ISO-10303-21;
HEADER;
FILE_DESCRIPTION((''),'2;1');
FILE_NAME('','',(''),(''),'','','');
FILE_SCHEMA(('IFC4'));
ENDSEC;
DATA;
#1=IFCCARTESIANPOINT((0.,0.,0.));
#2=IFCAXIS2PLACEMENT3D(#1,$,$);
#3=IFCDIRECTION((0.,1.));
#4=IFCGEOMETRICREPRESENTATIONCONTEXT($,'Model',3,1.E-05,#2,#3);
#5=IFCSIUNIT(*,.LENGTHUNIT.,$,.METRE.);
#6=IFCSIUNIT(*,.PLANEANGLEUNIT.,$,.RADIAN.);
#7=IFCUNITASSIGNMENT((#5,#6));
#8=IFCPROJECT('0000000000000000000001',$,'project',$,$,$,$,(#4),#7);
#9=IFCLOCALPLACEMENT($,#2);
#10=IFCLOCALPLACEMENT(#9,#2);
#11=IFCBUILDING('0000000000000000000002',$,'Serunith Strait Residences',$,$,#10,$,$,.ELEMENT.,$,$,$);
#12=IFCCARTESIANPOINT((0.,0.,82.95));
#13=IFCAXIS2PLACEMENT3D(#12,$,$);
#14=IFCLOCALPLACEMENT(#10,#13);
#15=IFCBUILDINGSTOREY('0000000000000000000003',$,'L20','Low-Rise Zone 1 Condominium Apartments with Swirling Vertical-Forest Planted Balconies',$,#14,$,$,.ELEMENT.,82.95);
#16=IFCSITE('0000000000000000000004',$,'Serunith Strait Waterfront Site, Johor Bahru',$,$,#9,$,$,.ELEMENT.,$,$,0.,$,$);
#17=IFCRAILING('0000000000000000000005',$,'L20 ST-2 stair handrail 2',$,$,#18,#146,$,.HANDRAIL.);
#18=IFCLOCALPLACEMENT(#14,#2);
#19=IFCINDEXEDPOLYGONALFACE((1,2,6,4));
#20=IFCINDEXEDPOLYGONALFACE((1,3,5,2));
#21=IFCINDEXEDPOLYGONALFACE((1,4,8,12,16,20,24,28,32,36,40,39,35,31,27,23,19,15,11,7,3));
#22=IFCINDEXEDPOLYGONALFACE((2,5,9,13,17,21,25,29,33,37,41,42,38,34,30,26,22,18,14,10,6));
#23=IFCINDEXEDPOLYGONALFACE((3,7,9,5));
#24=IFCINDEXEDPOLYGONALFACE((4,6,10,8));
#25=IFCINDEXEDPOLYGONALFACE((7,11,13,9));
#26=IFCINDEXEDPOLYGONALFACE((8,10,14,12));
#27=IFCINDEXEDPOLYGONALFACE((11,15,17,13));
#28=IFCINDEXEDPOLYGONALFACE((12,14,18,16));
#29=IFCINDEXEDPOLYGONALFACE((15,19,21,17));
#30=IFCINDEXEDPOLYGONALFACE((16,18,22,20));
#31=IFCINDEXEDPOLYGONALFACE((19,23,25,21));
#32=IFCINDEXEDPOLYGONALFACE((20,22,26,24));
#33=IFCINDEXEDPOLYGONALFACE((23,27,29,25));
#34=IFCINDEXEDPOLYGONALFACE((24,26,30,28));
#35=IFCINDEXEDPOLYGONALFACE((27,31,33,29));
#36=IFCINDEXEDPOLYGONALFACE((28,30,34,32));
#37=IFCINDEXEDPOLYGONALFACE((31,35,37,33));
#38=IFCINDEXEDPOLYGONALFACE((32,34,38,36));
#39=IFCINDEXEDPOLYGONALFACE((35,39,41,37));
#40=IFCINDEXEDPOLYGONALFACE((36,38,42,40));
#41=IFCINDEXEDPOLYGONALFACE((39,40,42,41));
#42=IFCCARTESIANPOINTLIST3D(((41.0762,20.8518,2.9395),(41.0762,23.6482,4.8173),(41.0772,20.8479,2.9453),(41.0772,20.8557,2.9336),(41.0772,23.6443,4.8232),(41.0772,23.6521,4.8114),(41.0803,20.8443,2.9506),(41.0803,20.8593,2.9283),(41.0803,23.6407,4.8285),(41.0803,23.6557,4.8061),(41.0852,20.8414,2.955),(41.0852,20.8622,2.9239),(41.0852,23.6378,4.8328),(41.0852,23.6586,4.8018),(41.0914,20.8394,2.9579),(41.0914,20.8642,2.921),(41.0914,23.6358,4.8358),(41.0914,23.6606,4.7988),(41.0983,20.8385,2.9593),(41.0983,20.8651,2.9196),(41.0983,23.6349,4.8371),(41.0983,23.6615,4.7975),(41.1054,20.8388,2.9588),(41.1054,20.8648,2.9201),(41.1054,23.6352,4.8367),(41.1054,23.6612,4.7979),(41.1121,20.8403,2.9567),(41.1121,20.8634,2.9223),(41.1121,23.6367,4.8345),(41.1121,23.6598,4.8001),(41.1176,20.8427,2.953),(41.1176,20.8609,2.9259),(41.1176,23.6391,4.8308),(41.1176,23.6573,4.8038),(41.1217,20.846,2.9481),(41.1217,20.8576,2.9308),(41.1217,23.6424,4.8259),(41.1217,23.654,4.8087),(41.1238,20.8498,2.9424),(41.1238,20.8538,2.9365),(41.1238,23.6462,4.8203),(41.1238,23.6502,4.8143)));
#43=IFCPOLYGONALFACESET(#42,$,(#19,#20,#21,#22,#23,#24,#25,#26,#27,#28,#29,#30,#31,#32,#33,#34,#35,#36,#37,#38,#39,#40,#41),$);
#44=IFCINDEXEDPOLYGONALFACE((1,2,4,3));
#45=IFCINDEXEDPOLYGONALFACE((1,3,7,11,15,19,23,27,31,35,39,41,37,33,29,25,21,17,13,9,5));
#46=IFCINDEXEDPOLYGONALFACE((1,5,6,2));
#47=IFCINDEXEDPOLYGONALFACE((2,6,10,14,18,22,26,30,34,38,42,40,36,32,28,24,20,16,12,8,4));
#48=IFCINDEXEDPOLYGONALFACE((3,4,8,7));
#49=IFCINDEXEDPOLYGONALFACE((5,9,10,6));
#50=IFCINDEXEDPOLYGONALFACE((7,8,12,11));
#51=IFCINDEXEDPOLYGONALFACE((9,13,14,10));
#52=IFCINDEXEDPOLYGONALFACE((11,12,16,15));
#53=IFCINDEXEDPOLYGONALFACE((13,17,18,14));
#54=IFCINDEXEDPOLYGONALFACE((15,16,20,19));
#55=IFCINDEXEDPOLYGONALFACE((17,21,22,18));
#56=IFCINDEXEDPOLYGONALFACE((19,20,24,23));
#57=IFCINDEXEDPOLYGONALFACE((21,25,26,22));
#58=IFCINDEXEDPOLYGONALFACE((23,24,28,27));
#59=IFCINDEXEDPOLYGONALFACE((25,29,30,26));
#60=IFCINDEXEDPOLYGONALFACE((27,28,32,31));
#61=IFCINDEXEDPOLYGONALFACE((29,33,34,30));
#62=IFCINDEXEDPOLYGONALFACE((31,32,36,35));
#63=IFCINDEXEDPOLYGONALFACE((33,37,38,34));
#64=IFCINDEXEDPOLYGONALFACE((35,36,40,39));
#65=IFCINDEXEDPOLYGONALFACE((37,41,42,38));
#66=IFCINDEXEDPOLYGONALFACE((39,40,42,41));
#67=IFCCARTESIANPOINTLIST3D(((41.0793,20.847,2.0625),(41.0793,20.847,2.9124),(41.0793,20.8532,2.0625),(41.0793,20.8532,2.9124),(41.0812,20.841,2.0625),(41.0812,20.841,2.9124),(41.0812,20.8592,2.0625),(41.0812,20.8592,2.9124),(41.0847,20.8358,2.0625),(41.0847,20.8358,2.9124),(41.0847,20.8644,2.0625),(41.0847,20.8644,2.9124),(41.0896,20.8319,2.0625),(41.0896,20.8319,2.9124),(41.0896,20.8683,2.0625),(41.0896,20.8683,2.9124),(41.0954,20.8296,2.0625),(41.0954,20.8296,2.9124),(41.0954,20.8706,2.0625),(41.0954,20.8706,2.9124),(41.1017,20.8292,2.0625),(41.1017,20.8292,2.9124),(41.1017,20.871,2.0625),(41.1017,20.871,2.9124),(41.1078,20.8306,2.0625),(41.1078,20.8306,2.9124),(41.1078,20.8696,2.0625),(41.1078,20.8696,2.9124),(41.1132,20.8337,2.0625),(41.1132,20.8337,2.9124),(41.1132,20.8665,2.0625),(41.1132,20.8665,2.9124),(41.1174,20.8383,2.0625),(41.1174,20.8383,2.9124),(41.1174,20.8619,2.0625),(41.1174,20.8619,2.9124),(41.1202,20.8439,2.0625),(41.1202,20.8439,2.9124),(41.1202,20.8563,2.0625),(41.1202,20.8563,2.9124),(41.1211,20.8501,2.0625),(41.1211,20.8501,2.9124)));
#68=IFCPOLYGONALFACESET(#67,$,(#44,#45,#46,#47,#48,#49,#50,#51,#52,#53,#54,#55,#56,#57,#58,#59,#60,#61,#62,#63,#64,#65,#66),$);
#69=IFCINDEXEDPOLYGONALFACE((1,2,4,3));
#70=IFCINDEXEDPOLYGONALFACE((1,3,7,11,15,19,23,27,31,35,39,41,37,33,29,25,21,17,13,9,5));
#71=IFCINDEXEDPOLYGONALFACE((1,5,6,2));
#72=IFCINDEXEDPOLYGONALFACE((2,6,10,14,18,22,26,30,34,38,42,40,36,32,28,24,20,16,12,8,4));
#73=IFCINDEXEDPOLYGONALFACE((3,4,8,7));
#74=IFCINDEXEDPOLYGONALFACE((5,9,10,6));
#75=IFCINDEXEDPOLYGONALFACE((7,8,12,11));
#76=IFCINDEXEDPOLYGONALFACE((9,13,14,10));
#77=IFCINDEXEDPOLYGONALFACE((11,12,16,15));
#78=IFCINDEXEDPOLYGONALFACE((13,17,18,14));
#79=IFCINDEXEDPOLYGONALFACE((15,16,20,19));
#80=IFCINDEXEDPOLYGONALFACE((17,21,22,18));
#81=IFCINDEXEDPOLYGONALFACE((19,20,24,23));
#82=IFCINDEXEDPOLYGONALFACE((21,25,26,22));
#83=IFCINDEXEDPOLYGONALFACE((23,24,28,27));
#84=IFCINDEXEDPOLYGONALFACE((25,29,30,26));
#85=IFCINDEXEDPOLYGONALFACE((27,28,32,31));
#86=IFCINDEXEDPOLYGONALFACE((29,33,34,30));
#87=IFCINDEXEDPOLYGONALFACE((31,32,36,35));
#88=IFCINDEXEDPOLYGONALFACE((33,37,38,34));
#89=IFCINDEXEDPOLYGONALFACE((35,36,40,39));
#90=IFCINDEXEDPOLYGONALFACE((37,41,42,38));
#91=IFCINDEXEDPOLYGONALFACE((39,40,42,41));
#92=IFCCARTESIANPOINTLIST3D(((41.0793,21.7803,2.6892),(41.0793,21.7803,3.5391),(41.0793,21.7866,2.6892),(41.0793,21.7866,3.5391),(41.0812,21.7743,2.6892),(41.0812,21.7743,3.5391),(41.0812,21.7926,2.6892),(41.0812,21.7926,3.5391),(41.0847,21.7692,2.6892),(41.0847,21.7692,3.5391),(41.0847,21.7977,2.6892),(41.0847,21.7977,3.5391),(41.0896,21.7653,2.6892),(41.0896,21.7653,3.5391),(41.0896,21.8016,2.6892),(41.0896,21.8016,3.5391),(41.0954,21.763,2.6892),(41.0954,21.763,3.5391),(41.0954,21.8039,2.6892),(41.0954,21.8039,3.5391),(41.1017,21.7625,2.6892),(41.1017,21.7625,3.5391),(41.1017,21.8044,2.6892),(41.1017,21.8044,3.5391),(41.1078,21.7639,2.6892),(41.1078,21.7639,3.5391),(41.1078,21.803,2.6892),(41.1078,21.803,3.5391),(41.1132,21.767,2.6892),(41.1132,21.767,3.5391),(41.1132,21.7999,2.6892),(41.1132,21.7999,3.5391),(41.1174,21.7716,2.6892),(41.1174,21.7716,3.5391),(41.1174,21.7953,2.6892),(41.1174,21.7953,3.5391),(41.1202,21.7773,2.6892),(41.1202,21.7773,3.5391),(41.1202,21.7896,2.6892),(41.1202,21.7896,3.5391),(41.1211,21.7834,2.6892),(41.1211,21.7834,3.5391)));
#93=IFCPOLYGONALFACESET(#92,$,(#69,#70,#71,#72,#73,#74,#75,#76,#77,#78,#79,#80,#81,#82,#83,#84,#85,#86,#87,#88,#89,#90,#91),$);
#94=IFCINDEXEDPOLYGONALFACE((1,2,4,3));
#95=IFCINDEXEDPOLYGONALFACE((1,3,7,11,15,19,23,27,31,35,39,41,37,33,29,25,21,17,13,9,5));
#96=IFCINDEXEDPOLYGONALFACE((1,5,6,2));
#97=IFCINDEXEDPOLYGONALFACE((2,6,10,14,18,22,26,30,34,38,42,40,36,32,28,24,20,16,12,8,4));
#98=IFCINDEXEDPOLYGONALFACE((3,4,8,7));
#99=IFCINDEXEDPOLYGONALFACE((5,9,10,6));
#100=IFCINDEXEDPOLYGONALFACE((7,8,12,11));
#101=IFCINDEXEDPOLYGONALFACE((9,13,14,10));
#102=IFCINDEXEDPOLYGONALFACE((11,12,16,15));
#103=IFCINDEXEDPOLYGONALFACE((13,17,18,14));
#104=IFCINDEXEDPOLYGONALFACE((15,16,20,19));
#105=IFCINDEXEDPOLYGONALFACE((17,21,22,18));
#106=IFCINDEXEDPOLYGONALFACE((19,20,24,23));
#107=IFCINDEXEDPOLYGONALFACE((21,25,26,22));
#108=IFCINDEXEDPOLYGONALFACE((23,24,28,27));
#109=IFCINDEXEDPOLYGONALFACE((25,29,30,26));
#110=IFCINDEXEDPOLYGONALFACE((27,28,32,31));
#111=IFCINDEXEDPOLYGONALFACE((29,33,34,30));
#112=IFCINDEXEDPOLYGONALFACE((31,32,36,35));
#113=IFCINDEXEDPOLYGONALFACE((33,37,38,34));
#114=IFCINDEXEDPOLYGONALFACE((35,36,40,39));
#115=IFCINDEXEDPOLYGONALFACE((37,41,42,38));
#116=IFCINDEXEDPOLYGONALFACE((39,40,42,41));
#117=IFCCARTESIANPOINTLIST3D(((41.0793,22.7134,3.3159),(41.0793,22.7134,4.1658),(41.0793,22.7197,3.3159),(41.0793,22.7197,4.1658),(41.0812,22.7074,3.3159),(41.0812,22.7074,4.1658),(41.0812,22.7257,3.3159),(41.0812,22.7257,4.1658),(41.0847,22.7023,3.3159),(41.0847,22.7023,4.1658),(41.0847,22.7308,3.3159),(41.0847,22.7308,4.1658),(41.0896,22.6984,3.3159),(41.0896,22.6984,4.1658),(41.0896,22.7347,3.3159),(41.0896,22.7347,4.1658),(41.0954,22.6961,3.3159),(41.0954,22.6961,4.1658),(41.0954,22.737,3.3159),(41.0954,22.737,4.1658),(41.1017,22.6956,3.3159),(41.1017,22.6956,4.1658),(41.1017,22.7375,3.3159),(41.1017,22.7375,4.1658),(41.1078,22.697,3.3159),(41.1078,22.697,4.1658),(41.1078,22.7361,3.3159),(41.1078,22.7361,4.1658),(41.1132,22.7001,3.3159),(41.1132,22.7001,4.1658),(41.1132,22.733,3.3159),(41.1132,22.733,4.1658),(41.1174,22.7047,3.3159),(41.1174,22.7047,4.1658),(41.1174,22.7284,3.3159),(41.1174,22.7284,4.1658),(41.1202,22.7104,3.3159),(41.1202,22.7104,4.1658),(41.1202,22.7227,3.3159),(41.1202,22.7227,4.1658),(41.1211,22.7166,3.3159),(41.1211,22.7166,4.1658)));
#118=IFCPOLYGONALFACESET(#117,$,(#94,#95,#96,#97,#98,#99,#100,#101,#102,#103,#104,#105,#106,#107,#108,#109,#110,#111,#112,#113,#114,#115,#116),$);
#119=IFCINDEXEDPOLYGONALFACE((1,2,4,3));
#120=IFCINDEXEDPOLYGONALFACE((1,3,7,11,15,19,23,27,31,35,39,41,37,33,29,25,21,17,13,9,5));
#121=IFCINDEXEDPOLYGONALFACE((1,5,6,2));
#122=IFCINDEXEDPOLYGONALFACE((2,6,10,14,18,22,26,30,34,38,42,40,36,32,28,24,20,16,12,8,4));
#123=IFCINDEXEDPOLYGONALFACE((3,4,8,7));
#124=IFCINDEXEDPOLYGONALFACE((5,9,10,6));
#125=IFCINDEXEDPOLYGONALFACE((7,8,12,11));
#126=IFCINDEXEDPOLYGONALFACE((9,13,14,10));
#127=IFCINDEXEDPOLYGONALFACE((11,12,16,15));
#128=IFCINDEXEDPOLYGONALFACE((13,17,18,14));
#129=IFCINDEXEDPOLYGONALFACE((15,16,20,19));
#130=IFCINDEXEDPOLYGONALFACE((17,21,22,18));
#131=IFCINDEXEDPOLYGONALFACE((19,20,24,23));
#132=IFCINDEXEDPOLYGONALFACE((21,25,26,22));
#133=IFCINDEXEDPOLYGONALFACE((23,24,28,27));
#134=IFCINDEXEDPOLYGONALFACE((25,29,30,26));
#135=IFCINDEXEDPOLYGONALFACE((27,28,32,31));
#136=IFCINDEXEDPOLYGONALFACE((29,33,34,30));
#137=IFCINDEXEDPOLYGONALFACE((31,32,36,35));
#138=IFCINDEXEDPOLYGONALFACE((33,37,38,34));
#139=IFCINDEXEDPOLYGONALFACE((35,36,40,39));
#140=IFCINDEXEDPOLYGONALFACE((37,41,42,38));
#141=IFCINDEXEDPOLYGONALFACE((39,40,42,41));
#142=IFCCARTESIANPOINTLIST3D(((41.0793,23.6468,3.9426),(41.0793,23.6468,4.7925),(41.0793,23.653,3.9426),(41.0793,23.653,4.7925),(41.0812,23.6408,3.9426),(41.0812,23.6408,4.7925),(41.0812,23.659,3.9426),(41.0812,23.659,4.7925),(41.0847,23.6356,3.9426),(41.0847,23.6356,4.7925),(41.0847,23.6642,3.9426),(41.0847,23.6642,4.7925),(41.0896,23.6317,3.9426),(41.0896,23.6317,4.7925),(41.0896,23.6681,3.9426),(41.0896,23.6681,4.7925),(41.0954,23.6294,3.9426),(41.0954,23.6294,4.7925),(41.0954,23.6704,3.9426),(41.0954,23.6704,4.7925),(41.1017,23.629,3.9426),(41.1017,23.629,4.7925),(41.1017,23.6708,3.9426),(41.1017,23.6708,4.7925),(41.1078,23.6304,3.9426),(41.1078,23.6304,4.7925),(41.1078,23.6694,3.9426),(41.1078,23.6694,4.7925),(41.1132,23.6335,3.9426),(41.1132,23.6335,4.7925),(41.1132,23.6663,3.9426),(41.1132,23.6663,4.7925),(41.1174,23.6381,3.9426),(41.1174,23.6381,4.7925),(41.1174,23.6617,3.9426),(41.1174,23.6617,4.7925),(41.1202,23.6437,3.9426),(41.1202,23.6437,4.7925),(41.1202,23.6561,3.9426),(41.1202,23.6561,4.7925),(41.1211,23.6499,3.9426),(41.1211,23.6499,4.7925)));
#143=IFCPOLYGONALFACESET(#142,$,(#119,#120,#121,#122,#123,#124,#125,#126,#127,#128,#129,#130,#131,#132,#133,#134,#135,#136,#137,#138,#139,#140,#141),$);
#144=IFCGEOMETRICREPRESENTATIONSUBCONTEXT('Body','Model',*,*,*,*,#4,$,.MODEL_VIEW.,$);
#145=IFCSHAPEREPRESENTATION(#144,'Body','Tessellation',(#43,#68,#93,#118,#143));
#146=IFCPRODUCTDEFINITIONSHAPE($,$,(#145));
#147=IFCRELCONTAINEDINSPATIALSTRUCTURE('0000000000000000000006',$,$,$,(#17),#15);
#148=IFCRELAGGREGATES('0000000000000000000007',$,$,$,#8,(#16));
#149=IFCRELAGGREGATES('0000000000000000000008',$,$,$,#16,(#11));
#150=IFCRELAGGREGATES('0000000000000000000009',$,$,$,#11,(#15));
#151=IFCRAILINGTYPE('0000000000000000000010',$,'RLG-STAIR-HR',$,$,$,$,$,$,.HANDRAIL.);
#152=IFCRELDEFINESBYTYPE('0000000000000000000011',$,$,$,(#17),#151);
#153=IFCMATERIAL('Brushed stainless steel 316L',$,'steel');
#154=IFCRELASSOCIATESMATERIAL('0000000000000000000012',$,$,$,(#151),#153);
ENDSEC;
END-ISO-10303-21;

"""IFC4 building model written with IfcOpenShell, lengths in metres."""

from ifc_helpers import new_model, si_unit, direction, frame, origin, origin_2d, place, context, subcontext, project, spatial, circle, extrude, material, type_object, element, save


model = new_model("IFC4")

# Units and contexts
model_context = context("Model", 3, precision=1e-05, world=origin(), true_north=direction((0.0, 1.0)))
body_context = subcontext(model_context, "Body", "Model", "MODEL_VIEW")
ifc_project = project(units=[si_unit("LENGTHUNIT", "METRE"), si_unit("PLANEANGLEUNIT", "RADIAN")], contexts=[model_context])

# Site, building, storey
site_placement = place(None, origin())
site = spatial("IfcSite", under=ifc_project, at=site_placement, Name="Serunith Strait Waterfront Site, Johor Bahru", CompositionType="ELEMENT", RefElevation=0.0)
building_placement = place(site_placement, origin())
building = spatial("IfcBuilding", under=site, at=building_placement, Name="Serunith Strait Residences", CompositionType="ELEMENT")
storey_placement = place(building_placement, frame((0.0, 0.0, 82.95)))
storey = spatial("IfcBuildingStorey", under=building, at=storey_placement, Name="L20", Description="Low-Rise Zone 1 Condominium Apartments with Swirling Vertical-Forest Planted Balconies", CompositionType="ELEMENT", Elevation=82.95)

# Railing
ifc_material_1 = material(Name="Brushed stainless steel 316L", Category="steel")
railing_type_1 = type_object("IfcRailingType", Name="RLG-STAIR-HR", PredefinedType="HANDRAIL", material=ifc_material_1)
railing_1_placement = place(storey_placement, frame((41.1001, 20.8501, 2.0625)))
element("IfcRailing", 1, at=railing_1_placement, inside=storey, type_object=railing_type_1, Name="L20 ST-2 stair handrail 2", PredefinedType="HANDRAIL", context=body_context, shape_type="SweptSolid", body=[
    extrude(circle(Radius=0.0239, at=origin_2d()), frame((0.0, 0.0017, 0.877), z_axis=(0.0, 0.830186, 0.557487), x_axis=(-1.0, 0.0, 0.0)), (0.0, 0.0, 1.0), 3.3684),
    extrude(circle(Radius=0.021, at=origin_2d()), origin(), (0.0, 0.0, 1.0), 0.8499),
    extrude(circle(Radius=0.021, at=origin_2d()), frame((0.0, 0.9333, 0.6267)), (0.0, 0.0, 1.0), 0.8499),
    extrude(circle(Radius=0.021, at=origin_2d()), frame((0.0, 1.8665, 1.2534)), (0.0, 0.0, 1.0), 0.8499),
    extrude(circle(Radius=0.021, at=origin_2d()), frame((0.0, 2.7998, 1.8801)), (0.0, 0.0, 1.0), 0.8499),
])

save(model, "model.ifc")
